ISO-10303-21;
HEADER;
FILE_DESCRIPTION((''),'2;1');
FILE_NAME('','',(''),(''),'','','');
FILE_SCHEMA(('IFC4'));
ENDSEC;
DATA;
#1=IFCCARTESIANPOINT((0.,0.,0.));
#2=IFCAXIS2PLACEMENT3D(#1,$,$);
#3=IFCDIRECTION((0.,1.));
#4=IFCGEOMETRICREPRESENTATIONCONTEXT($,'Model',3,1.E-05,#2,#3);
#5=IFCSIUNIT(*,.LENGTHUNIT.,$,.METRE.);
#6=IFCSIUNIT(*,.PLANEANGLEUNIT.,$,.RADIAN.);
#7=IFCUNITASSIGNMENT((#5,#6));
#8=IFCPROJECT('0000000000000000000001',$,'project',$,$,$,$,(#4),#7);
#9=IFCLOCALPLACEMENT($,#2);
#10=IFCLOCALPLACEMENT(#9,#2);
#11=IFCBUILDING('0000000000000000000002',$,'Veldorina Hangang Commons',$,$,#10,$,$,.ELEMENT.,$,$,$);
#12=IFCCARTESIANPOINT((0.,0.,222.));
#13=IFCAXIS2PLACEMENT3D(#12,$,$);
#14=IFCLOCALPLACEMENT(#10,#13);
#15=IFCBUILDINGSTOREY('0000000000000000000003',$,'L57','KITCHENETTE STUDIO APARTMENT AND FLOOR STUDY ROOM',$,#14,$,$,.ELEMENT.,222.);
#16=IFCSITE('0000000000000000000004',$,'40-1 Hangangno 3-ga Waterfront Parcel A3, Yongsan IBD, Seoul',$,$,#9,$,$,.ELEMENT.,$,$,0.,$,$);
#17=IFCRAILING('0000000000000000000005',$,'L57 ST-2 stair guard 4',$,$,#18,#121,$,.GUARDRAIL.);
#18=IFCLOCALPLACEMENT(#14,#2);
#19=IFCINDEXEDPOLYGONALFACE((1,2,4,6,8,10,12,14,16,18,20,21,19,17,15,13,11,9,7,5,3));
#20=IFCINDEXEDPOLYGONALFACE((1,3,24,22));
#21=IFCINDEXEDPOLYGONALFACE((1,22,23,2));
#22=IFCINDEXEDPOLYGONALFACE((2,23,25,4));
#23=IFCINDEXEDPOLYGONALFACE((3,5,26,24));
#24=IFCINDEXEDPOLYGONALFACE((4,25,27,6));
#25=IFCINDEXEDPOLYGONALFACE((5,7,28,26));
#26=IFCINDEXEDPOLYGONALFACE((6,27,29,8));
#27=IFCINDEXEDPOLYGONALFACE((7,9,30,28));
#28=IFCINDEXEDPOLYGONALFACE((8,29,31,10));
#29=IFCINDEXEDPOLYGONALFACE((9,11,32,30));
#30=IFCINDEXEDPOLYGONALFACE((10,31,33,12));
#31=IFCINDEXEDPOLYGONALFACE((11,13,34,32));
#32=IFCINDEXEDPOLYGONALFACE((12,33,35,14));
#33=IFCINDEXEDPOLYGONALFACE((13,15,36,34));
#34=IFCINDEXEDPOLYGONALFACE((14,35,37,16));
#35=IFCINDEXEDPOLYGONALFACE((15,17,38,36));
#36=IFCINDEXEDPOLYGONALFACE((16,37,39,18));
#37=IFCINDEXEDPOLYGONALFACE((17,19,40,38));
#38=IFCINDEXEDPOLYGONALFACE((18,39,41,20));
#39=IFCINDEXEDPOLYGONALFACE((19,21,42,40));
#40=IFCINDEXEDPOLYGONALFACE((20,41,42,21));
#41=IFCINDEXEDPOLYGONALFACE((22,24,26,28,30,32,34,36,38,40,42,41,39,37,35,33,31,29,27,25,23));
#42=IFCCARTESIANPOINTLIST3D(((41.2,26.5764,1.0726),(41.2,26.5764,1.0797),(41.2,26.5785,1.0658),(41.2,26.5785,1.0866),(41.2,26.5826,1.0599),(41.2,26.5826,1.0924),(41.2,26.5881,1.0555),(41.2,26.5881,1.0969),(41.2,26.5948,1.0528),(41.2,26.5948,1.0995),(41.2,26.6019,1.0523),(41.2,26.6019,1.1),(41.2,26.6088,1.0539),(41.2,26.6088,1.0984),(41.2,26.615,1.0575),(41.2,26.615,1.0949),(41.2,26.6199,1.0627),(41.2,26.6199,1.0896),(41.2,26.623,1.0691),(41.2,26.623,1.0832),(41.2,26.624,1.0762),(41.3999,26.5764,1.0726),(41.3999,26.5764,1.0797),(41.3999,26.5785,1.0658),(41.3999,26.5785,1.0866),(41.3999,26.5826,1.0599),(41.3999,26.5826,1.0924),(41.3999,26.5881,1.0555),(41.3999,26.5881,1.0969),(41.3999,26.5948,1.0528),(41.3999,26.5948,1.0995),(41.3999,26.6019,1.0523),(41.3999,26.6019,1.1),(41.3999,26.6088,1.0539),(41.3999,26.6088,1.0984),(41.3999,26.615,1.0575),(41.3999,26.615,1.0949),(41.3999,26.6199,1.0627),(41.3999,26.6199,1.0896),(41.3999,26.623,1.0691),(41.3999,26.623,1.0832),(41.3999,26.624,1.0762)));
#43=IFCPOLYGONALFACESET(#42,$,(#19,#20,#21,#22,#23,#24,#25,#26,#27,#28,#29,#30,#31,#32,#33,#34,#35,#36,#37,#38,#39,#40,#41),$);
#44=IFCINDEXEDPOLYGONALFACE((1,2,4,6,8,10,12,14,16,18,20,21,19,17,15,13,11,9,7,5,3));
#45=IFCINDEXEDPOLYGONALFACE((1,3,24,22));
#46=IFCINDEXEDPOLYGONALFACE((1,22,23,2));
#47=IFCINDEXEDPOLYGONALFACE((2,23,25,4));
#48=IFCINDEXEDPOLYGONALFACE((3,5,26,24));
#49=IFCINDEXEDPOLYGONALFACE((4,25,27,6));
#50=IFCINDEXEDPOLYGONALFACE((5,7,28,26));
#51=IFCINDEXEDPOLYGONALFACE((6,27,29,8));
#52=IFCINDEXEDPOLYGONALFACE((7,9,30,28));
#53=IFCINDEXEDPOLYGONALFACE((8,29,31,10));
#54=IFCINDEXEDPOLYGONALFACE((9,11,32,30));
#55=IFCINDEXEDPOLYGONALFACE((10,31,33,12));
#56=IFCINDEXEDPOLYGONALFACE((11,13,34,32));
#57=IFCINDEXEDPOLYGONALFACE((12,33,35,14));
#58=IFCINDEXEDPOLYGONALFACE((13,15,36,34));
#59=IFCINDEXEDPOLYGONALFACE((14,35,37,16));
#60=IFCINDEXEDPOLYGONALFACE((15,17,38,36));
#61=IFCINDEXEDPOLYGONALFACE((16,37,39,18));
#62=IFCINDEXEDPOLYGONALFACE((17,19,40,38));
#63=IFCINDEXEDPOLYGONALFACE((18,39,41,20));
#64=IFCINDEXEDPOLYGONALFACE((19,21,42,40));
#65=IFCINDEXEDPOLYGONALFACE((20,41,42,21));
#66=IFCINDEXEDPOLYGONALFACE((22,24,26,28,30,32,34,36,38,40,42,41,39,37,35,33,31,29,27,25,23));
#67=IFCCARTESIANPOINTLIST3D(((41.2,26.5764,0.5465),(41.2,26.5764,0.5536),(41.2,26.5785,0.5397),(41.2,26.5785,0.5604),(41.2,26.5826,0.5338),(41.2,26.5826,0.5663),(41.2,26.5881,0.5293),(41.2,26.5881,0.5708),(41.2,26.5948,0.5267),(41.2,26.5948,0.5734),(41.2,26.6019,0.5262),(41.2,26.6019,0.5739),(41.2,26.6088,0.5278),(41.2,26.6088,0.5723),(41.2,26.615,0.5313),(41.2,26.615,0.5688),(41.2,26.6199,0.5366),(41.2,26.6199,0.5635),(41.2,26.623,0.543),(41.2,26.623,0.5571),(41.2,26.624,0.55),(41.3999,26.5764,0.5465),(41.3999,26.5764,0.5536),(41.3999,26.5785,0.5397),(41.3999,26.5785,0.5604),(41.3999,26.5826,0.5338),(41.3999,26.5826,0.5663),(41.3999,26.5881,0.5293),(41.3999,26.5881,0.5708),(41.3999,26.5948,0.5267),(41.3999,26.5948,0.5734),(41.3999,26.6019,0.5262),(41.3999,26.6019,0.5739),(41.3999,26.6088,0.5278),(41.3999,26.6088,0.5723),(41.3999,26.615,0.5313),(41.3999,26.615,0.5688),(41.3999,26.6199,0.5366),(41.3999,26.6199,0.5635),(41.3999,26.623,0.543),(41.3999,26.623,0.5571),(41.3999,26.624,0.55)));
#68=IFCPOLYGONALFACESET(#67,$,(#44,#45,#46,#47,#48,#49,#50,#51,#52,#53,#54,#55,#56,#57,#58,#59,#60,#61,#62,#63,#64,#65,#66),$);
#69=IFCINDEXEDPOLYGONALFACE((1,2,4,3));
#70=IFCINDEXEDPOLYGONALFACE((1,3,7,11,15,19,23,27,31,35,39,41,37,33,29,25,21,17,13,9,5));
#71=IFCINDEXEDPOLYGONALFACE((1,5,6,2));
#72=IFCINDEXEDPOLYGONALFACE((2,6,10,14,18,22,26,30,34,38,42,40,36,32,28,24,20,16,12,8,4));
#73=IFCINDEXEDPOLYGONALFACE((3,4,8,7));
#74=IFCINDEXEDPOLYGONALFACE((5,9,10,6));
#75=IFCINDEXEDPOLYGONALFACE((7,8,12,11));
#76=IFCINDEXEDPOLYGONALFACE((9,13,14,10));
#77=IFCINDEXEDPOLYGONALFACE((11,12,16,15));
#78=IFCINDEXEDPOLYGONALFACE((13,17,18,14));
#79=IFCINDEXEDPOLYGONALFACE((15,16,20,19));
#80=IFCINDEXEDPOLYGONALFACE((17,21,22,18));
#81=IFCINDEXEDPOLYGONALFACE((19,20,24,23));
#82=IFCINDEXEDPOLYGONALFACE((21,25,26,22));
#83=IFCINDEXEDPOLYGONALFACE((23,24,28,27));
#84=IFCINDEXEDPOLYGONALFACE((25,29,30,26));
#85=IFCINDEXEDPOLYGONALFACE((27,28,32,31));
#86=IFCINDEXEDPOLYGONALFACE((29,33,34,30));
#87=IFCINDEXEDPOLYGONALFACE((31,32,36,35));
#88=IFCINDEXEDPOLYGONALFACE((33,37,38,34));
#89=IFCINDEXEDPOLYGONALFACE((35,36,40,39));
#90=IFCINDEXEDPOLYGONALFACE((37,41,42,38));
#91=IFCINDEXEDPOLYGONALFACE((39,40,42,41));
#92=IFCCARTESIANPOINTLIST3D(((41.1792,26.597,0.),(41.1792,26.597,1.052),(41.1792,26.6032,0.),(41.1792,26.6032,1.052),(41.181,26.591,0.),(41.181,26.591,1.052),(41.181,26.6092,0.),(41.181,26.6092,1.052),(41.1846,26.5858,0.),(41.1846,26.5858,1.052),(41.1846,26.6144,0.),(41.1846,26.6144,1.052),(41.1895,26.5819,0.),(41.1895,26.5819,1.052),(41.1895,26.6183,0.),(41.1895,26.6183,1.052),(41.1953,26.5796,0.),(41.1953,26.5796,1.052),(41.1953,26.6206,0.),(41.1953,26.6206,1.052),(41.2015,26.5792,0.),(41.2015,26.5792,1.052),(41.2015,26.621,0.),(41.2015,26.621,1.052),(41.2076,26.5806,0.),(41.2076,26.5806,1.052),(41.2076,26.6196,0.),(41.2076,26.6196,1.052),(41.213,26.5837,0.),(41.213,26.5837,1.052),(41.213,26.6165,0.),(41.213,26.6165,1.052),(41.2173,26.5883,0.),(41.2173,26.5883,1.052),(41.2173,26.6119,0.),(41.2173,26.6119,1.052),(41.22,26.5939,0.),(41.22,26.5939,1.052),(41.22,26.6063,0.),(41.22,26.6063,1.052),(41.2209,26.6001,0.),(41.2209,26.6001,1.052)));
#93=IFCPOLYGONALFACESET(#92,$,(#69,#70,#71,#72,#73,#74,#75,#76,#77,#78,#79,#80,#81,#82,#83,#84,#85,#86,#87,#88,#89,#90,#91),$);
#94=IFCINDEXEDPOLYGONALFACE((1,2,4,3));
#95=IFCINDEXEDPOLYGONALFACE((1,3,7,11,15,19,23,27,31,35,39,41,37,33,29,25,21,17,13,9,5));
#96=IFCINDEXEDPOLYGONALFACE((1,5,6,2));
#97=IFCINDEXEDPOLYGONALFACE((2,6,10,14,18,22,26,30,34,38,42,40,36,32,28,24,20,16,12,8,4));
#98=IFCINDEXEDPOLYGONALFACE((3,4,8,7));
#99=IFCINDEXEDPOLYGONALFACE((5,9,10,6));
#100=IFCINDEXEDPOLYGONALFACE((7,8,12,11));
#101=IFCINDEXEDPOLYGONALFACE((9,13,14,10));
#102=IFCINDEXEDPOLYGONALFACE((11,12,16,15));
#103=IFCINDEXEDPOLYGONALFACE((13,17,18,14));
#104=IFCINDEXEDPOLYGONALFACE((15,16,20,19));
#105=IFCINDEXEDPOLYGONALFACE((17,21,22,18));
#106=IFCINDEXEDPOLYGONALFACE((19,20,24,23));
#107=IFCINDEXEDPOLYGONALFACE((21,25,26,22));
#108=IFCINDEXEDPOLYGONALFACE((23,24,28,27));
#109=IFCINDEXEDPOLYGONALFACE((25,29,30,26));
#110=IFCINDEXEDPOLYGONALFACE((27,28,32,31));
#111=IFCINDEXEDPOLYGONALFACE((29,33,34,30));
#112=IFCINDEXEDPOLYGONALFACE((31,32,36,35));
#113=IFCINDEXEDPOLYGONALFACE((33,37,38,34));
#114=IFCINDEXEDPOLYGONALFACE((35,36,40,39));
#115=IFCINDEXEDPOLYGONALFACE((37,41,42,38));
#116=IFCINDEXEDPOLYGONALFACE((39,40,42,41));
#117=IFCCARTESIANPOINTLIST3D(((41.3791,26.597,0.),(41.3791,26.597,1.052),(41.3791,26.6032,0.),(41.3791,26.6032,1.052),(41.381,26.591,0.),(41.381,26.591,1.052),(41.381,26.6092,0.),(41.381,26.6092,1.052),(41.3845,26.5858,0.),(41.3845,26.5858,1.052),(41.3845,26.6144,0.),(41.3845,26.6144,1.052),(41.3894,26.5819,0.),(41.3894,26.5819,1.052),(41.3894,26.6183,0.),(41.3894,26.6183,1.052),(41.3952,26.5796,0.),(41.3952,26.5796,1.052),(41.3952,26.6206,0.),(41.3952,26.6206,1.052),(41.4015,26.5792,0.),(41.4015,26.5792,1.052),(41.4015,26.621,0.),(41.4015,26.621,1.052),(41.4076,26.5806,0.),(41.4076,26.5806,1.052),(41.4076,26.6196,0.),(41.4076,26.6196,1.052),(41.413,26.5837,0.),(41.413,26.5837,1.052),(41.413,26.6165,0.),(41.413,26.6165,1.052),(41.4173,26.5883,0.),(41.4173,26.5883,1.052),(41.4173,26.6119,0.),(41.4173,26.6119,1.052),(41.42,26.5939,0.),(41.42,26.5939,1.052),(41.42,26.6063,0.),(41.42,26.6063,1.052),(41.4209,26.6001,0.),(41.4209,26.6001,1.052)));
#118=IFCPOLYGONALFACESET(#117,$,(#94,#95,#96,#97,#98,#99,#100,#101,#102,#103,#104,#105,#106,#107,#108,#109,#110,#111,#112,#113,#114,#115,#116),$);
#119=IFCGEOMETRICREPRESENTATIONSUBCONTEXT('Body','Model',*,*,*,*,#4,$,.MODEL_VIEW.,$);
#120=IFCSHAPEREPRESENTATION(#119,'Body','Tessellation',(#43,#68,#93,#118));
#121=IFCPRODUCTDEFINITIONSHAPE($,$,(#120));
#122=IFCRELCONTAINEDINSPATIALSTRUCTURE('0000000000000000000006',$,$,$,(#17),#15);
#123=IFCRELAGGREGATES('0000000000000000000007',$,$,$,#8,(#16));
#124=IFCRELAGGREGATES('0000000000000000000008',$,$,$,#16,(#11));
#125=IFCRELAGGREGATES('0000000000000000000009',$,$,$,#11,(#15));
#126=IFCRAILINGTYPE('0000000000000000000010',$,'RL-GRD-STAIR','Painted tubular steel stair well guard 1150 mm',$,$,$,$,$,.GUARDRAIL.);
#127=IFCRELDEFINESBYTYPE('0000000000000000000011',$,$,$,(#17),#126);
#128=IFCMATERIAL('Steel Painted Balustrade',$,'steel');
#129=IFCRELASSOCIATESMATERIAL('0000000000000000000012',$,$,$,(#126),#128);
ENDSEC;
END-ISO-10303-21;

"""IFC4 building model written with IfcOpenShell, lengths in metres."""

from ifc_helpers import new_model, si_unit, direction, frame, origin, origin_2d, place, context, subcontext, project, spatial, circle, extrude, material, type_object, element, save


model = new_model("IFC4")

# Units and contexts
model_context = context("Model", 3, precision=1e-05, world=origin(), true_north=direction((0.0, 1.0)))
body_context = subcontext(model_context, "Body", "Model", "MODEL_VIEW")
ifc_project = project(units=[si_unit("LENGTHUNIT", "METRE"), si_unit("PLANEANGLEUNIT", "RADIAN")], contexts=[model_context])

# Site, building, storey
site_placement = place(None, origin())
site = spatial("IfcSite", under=ifc_project, at=site_placement, Name="40-1 Hangangno 3-ga Waterfront Parcel A3, Yongsan IBD, Seoul", CompositionType="ELEMENT", RefElevation=0.0)
building_placement = place(site_placement, origin())
building = spatial("IfcBuilding", under=site, at=building_placement, Name="Veldorina Hangang Commons", CompositionType="ELEMENT")
storey_placement = place(building_placement, frame((0.0, 0.0, 222.0)))
storey = spatial("IfcBuildingStorey", under=building, at=storey_placement, Name="L57", Description="KITCHENETTE STUDIO APARTMENT AND FLOOR STUDY ROOM", CompositionType="ELEMENT", Elevation=222.0)

# Railing
ifc_material_1 = material(Name="Steel Painted Balustrade", Category="steel")
railing_type_1 = type_object("IfcRailingType", Name="RL-GRD-STAIR", Description="Painted tubular steel stair well guard 1150 mm", PredefinedType="GUARDRAIL", material=ifc_material_1)
railing_1_placement = place(storey_placement, frame((41.2, 26.6001, 0.0)))
element("IfcRailing", 1, at=railing_1_placement, inside=storey, type_object=railing_type_1, Name="L57 ST-2 stair guard 4", PredefinedType="GUARDRAIL", context=body_context, shape_type="SweptSolid", body=[
    extrude(circle(Radius=0.0239, at=origin_2d()), frame((0.0, 0.0, 1.0762), z_axis=(1.0, 0.0, 0.0), x_axis=(0.0, 1.0, 0.0)), (0.0, 0.0, 1.0), 0.2),
    extrude(circle(Radius=0.0239, at=origin_2d()), frame((0.0, 0.0, 0.55), z_axis=(1.0, 0.0, 0.0), x_axis=(0.0, 1.0, 0.0)), (0.0, 0.0, 1.0), 0.2),
    extrude(circle(Radius=0.021, at=origin_2d()), origin(), (0.0, 0.0, 1.0), 1.052),
    extrude(circle(Radius=0.021, at=origin_2d()), frame((0.2, 0.0, 0.0)), (0.0, 0.0, 1.0), 1.052),
])

save(model, "model.ifc")
